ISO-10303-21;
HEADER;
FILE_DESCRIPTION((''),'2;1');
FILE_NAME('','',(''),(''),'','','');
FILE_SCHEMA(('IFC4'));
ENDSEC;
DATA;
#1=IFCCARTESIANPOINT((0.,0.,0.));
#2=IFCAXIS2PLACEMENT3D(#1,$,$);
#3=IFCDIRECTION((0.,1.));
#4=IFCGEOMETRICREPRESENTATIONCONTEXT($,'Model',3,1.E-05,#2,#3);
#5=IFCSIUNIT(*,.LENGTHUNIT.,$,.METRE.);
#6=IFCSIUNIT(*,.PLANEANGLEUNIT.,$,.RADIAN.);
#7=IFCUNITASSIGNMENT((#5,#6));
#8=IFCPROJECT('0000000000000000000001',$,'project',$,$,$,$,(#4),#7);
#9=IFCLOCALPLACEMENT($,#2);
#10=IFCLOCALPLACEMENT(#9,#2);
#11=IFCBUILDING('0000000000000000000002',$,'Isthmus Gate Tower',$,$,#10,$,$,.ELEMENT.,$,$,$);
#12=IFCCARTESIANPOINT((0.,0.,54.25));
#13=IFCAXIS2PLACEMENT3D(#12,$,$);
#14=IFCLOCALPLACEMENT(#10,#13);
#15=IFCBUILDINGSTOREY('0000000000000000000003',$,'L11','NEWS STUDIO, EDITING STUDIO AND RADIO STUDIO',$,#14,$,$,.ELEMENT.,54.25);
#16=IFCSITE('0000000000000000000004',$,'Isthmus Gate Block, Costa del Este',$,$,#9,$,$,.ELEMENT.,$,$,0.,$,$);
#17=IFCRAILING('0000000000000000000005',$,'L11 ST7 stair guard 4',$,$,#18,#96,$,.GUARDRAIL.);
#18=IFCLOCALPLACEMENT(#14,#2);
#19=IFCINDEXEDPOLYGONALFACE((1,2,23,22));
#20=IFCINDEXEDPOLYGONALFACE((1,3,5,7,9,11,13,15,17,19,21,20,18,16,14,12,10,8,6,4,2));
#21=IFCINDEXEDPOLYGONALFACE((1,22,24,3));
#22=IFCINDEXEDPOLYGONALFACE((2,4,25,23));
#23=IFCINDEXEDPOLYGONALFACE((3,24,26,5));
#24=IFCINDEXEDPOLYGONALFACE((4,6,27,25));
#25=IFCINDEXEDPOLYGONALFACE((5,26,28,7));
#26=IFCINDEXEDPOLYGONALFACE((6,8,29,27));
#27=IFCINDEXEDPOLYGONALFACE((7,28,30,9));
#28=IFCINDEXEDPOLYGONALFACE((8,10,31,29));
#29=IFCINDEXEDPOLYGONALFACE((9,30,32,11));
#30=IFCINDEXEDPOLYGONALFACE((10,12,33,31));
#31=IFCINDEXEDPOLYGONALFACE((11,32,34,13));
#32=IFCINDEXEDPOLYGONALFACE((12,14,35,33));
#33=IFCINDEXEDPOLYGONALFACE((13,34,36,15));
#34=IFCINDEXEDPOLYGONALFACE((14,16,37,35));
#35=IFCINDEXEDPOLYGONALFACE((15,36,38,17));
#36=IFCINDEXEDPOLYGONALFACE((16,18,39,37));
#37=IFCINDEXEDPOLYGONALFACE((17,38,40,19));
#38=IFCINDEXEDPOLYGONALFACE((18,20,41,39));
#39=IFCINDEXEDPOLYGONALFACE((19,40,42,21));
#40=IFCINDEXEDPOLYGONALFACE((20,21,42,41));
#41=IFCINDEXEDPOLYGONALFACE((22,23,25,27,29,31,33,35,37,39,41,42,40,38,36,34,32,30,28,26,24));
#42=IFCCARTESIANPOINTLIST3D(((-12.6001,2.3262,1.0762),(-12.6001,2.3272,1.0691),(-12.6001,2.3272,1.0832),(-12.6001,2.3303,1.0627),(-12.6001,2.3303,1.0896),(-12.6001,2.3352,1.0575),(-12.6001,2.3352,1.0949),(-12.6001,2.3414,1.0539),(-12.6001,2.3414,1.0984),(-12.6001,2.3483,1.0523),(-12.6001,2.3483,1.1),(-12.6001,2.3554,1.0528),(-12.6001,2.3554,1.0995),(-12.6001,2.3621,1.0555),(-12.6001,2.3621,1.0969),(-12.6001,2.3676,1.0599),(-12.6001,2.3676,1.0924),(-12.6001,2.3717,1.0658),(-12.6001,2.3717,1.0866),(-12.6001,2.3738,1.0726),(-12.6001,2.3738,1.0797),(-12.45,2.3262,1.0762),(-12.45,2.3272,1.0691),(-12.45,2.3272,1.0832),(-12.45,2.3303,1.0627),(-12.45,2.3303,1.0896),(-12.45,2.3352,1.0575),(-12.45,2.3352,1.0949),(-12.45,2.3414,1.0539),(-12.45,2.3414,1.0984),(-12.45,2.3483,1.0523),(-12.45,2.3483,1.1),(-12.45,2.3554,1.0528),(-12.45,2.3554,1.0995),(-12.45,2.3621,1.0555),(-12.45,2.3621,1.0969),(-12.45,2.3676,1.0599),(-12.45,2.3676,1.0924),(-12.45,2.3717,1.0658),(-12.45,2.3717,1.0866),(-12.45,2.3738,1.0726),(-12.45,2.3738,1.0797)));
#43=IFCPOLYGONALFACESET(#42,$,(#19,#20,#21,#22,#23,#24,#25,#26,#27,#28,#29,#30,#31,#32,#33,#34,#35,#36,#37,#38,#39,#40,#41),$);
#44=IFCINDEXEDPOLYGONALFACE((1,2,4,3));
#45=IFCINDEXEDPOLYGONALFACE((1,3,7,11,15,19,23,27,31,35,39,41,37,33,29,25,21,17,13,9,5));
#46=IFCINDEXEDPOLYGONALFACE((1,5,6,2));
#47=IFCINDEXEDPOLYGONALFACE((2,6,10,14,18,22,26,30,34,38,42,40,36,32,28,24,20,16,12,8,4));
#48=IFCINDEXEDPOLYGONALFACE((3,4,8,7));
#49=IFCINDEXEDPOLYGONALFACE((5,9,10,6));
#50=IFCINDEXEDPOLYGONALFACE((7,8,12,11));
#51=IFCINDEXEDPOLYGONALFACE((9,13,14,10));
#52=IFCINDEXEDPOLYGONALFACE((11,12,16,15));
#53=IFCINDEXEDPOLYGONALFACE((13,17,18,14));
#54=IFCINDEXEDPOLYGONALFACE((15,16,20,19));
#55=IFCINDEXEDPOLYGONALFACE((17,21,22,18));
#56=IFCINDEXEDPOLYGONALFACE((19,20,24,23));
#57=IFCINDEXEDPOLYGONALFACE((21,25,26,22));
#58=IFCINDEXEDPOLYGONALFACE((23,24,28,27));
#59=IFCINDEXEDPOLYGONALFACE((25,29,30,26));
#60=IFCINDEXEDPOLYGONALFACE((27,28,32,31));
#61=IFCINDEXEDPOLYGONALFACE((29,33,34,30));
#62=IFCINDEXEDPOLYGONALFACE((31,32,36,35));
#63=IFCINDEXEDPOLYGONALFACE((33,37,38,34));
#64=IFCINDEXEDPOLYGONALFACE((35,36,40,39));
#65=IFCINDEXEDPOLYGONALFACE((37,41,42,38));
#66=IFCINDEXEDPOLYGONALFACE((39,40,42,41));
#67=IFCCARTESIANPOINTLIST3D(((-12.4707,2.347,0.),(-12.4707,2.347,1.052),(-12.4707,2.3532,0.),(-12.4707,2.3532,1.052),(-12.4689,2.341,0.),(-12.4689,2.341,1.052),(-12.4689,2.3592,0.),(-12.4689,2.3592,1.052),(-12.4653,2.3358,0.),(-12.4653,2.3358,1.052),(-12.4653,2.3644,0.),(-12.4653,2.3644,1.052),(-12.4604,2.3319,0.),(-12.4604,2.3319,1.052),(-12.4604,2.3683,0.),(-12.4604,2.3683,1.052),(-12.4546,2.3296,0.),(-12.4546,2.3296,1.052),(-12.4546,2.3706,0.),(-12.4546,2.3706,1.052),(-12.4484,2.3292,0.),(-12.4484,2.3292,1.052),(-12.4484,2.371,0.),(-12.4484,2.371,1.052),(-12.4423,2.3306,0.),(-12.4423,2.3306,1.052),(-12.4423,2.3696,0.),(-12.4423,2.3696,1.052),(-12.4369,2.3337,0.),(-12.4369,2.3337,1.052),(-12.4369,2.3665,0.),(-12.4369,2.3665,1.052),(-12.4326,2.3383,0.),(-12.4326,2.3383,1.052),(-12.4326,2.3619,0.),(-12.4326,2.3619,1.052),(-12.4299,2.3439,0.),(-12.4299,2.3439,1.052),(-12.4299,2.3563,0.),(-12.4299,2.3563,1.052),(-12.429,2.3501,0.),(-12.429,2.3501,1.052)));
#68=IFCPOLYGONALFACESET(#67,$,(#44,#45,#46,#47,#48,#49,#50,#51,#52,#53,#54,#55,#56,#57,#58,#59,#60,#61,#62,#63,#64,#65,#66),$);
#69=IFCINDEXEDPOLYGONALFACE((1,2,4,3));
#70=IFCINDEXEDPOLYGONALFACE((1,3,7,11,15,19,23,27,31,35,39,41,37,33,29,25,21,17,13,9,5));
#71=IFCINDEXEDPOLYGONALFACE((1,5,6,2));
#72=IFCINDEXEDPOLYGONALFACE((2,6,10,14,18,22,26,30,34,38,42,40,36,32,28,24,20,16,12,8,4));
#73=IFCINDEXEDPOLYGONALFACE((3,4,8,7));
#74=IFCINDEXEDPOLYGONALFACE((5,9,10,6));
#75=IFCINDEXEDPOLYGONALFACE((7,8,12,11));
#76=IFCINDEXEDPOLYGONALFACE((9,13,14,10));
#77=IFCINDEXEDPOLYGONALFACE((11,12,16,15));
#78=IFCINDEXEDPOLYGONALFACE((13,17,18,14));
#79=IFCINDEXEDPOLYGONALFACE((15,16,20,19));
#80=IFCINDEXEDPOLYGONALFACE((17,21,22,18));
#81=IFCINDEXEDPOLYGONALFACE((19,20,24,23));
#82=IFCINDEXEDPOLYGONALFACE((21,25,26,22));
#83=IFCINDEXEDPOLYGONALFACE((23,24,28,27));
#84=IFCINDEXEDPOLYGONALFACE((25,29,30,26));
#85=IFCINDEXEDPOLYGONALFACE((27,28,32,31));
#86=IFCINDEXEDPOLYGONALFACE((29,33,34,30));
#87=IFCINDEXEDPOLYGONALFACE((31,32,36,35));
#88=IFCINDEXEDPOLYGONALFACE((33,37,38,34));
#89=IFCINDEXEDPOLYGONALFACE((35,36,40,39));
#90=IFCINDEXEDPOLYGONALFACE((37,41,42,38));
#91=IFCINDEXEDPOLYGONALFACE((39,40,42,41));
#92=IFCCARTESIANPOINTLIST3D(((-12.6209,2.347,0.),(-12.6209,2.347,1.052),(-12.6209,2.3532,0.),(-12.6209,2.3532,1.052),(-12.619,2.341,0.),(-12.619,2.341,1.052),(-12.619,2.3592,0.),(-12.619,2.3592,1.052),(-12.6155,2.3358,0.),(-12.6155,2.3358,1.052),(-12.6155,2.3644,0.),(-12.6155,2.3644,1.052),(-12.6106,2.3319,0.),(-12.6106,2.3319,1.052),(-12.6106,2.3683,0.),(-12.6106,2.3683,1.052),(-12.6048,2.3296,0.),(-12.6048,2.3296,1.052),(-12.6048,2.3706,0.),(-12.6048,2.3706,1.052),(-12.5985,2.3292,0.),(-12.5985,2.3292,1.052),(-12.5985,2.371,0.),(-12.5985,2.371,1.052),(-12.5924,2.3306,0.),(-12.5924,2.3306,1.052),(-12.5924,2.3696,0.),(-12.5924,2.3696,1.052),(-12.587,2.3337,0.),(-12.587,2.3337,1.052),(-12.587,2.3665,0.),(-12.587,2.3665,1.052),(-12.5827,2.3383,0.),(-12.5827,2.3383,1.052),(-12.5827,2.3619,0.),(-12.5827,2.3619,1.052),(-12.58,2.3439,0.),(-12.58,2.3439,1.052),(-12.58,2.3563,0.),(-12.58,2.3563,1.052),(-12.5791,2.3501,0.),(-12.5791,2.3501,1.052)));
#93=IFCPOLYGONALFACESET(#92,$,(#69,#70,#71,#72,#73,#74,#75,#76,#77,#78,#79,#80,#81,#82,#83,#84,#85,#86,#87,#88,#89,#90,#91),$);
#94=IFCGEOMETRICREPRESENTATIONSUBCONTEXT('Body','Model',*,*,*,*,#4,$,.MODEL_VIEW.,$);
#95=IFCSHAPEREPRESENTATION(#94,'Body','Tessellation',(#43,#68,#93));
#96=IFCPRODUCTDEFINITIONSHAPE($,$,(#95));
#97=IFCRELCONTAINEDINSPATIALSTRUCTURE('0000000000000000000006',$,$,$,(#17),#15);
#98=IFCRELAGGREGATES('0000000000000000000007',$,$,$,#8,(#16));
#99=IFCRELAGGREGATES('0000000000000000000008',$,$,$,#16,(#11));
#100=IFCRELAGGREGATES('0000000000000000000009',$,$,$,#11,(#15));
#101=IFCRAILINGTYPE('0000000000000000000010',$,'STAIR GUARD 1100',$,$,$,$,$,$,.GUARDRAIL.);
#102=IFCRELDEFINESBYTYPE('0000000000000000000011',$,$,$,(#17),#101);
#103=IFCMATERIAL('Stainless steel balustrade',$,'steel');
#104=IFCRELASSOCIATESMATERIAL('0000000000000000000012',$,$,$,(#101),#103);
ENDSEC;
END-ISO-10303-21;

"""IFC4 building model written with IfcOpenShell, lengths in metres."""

from ifc_helpers import new_model, si_unit, direction, frame, origin, origin_2d, place, context, subcontext, project, spatial, circle, extrude, material, type_object, element, save


model = new_model("IFC4")

# Units and contexts
model_context = context("Model", 3, precision=1e-05, world=origin(), true_north=direction((0.0, 1.0)))
body_context = subcontext(model_context, "Body", "Model", "MODEL_VIEW")
ifc_project = project(units=[si_unit("LENGTHUNIT", "METRE"), si_unit("PLANEANGLEUNIT", "RADIAN")], contexts=[model_context])

# Site, building, storey
site_placement = place(None, origin())
site = spatial("IfcSite", under=ifc_project, at=site_placement, Name="Isthmus Gate Block, Costa del Este", CompositionType="ELEMENT", RefElevation=0.0)
building_placement = place(site_placement, origin())
building = spatial("IfcBuilding", under=site, at=building_placement, Name="Isthmus Gate Tower", CompositionType="ELEMENT")
storey_placement = place(building_placement, frame((0.0, 0.0, 54.25)))
storey = spatial("IfcBuildingStorey", under=building, at=storey_placement, Name="L11", Description="NEWS STUDIO, EDITING STUDIO AND RADIO STUDIO", CompositionType="ELEMENT", Elevation=54.25)

# Railing
ifc_material_1 = material(Name="Stainless steel balustrade", Category="steel")
railing_type_1 = type_object("IfcRailingType", Name="STAIR GUARD 1100", PredefinedType="GUARDRAIL", material=ifc_material_1)
railing_1_placement = place(storey_placement, frame((-12.45, 2.3501, 0.0)))
element("IfcRailing", 1, at=railing_1_placement, inside=storey, type_object=railing_type_1, Name="L11 ST7 stair guard 4", PredefinedType="GUARDRAIL", context=body_context, shape_type="SweptSolid", body=[
    extrude(circle(Radius=0.0239, at=origin_2d()), frame((0.0, 0.0, 1.0762), z_axis=(-1.0, 0.0, 0.0), x_axis=(0.0, -1.0, 0.0)), (0.0, 0.0, 1.0), 0.1501),
    extrude(circle(Radius=0.021, at=origin_2d()), origin(), (0.0, 0.0, 1.0), 1.052),
    extrude(circle(Radius=0.021, at=origin_2d()), frame((-0.1501, 0.0, 0.0)), (0.0, 0.0, 1.0), 1.052),
])

save(model, "model.ifc")
